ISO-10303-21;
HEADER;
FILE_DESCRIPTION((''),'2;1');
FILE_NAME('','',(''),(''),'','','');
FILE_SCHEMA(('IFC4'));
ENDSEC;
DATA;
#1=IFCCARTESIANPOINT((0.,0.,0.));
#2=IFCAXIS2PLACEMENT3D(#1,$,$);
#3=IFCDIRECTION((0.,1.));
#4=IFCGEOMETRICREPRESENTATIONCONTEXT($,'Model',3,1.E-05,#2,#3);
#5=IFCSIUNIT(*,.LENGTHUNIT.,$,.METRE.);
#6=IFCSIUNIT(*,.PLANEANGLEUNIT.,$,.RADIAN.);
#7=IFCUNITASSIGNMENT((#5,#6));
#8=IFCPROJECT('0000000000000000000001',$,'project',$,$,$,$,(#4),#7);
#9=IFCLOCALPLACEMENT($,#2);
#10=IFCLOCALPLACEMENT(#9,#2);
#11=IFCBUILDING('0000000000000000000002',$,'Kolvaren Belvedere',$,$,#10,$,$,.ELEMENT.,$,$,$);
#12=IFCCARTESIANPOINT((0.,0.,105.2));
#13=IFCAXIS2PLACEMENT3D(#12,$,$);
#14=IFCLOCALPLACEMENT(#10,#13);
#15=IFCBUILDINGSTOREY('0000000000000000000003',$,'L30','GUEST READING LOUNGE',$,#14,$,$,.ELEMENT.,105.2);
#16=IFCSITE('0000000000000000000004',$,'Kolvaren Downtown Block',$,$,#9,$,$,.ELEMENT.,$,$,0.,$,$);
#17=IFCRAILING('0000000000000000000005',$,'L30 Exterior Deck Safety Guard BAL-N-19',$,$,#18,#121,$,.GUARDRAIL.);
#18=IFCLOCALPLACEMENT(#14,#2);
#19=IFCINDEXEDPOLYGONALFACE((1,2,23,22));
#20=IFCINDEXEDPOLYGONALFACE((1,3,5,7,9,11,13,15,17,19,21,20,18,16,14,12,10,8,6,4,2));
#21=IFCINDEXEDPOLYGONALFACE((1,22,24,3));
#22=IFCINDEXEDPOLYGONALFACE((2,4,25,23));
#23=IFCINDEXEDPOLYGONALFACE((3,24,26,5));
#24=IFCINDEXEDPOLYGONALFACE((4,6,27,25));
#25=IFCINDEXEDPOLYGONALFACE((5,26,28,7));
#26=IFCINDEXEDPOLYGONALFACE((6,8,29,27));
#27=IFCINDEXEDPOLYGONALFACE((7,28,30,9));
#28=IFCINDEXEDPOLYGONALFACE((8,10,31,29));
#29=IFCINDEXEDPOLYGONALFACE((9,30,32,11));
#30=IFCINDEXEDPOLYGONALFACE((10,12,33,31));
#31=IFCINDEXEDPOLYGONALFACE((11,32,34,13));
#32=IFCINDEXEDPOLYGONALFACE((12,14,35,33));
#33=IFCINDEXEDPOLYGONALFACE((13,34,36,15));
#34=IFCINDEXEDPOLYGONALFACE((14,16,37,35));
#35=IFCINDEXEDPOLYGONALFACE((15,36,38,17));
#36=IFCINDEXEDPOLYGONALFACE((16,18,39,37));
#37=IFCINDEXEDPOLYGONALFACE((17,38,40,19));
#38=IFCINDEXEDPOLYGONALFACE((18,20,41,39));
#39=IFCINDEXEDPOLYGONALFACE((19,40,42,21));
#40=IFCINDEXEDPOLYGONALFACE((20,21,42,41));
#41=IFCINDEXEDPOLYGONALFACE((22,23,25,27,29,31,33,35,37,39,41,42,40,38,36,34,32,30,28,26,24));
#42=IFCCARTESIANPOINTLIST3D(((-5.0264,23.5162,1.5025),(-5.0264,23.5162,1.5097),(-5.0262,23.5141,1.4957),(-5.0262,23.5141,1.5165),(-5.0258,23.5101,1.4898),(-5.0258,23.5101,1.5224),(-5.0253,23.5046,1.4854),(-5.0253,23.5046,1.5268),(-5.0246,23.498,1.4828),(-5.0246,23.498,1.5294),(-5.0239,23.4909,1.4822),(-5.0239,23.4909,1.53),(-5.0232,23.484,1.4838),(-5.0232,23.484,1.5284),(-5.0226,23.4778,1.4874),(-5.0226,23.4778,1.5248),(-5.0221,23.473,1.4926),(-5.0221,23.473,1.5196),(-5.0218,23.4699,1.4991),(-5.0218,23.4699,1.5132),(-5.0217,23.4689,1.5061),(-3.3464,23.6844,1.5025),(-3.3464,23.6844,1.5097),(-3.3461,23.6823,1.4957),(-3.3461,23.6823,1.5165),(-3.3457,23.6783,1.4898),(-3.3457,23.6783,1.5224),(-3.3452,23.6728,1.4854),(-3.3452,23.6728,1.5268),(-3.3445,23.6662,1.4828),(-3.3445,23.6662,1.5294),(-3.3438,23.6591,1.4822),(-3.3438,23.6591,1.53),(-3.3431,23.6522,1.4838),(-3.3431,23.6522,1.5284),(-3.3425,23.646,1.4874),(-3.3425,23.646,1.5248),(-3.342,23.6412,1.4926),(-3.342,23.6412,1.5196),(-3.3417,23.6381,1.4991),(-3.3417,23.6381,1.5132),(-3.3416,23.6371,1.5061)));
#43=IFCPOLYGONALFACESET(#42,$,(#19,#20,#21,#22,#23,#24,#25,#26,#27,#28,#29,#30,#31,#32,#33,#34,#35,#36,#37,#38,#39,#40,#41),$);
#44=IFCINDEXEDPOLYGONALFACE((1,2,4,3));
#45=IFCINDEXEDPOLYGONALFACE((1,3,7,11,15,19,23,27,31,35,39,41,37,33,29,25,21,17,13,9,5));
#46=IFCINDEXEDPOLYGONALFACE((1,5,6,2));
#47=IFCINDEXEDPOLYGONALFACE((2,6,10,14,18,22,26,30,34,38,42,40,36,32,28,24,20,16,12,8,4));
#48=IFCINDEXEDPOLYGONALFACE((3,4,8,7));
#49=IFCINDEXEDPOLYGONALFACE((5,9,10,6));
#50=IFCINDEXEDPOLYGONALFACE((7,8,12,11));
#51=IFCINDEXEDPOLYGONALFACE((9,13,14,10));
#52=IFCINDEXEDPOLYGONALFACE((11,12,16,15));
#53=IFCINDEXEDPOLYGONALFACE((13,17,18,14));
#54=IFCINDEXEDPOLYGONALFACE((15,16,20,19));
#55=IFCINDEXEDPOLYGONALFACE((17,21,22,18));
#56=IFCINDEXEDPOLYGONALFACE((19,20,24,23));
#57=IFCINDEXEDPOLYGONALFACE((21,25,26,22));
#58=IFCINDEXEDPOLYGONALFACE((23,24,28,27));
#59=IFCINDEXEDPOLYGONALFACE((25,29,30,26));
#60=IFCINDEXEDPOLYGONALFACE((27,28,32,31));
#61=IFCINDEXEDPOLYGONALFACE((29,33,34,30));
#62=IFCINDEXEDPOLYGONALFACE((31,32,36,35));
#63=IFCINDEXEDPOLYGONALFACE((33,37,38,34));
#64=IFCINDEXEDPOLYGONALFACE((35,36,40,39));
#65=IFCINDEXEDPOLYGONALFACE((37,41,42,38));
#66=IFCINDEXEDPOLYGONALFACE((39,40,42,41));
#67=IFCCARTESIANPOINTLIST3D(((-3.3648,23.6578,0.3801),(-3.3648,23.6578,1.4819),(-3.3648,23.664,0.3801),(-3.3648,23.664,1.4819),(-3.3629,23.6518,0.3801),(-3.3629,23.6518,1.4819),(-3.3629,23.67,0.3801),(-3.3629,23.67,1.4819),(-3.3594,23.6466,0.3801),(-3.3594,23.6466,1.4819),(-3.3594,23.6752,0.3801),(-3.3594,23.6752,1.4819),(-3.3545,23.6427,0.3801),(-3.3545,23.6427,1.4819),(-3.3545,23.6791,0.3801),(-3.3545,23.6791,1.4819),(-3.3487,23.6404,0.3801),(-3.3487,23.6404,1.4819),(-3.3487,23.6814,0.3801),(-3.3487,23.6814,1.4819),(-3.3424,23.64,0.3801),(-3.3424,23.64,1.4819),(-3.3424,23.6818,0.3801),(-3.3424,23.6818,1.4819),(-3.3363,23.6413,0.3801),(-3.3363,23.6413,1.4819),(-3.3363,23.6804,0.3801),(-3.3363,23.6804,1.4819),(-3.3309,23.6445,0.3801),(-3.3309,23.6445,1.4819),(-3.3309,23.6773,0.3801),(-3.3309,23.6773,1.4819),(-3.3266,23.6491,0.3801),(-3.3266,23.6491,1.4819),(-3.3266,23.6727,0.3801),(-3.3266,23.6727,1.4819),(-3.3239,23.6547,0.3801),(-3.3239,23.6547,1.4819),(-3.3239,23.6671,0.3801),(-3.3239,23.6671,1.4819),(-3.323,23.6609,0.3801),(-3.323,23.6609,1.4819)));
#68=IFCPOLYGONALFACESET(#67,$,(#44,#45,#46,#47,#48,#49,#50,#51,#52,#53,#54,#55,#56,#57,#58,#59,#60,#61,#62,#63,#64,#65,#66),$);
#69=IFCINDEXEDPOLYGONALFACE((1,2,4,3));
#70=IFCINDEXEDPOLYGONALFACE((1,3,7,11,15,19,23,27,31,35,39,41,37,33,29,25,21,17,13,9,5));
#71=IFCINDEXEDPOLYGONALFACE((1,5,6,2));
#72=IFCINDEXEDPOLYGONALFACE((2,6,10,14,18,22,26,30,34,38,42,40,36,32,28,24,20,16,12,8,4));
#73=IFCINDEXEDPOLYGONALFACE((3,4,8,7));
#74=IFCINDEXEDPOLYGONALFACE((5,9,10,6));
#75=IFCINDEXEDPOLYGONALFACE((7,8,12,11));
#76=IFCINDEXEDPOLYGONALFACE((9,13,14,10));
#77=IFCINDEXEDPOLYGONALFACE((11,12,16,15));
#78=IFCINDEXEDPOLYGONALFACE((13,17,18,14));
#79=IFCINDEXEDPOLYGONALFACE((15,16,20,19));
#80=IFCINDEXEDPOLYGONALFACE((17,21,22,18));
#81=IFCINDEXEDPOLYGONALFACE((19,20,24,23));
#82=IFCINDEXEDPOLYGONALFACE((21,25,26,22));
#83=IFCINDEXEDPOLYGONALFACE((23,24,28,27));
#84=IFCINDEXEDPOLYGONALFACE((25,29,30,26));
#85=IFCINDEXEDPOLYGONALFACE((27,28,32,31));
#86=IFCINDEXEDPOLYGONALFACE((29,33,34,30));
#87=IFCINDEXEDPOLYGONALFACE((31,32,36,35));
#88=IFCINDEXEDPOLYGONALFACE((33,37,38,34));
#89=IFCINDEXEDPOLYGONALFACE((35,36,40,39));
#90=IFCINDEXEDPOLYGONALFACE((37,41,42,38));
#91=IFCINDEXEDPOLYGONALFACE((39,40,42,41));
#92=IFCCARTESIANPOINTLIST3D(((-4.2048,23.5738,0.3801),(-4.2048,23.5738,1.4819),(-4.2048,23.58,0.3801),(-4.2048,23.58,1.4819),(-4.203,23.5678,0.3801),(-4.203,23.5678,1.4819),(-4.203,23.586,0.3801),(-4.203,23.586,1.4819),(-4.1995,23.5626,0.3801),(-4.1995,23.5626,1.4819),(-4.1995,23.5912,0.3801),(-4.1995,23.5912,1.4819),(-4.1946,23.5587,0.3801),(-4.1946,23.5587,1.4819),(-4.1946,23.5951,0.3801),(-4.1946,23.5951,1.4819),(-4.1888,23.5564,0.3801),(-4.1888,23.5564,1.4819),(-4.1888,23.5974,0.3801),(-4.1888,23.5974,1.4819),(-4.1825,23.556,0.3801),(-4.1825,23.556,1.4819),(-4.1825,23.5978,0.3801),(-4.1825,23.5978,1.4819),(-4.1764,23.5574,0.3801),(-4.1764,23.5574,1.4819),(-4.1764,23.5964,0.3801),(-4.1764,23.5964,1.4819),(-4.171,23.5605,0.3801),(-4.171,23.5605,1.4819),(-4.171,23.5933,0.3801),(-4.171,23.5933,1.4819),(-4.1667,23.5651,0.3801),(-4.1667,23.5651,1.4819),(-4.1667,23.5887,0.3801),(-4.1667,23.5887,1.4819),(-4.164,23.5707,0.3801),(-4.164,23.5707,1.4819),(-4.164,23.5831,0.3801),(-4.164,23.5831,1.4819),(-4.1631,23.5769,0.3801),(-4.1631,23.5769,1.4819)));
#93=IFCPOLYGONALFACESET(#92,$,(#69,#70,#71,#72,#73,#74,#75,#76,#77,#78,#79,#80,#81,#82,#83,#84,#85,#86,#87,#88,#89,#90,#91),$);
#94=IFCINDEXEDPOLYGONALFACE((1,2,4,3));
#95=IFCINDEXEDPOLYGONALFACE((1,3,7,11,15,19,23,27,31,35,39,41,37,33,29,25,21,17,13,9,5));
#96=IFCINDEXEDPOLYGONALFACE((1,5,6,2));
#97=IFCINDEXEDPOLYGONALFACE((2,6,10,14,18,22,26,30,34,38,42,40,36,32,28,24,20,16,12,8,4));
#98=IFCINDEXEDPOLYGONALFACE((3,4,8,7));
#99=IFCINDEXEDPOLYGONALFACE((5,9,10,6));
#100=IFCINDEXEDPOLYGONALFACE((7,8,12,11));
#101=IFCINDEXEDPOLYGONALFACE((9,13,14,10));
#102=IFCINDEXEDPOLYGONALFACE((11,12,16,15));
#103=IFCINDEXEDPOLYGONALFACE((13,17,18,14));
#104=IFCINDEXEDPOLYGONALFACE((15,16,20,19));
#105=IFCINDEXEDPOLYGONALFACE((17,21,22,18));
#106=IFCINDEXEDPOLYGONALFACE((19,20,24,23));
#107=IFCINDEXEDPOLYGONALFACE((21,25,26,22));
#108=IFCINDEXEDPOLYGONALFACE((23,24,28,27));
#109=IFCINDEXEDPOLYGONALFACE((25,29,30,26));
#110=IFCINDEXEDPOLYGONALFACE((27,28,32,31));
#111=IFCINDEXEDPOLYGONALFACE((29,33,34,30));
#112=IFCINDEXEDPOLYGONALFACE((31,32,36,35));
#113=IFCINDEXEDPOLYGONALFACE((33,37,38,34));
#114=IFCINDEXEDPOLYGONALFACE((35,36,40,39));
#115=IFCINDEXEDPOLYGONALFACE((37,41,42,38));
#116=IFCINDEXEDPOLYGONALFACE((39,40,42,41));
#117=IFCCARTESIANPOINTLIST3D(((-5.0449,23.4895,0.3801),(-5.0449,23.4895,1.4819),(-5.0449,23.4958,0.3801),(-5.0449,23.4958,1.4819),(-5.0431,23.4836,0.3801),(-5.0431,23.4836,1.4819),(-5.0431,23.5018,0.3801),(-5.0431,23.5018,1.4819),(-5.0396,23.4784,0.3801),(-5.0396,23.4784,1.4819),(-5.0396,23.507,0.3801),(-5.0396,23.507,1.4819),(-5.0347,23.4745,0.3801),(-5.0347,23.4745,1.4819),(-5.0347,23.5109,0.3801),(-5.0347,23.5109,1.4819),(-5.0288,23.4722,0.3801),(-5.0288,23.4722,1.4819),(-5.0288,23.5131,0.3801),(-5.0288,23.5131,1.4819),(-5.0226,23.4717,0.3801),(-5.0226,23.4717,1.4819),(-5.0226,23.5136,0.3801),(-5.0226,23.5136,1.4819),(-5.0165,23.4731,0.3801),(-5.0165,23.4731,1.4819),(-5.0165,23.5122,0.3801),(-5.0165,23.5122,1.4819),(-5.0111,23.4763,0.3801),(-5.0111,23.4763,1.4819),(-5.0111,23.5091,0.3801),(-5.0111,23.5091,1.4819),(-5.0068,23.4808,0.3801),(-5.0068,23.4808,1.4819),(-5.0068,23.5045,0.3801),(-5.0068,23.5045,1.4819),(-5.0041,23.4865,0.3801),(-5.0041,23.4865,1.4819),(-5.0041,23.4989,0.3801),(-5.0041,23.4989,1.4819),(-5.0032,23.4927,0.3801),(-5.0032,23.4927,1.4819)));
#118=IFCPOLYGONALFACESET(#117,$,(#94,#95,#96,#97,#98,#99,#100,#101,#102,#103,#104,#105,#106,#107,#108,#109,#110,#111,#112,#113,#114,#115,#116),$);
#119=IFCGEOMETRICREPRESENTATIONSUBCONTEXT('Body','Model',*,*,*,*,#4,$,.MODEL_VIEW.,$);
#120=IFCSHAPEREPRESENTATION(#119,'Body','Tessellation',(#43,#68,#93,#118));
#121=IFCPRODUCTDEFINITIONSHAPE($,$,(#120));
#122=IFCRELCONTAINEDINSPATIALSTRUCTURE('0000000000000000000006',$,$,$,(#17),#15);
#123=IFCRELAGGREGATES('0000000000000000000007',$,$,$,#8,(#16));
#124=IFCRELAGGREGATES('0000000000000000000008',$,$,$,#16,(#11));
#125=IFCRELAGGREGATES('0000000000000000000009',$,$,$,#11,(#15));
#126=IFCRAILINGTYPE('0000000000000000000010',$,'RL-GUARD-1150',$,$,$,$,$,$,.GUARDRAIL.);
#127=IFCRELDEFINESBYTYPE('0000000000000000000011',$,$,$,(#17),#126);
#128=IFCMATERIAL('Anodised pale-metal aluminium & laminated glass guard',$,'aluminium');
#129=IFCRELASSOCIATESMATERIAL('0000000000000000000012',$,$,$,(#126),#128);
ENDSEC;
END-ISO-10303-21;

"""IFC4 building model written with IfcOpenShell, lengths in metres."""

from ifc_helpers import new_model, si_unit, direction, frame, origin, origin_2d, place, context, subcontext, project, spatial, circle, extrude, material, type_object, element, save


model = new_model("IFC4")

# Units and contexts
model_context = context("Model", 3, precision=1e-05, world=origin(), true_north=direction((0.0, 1.0)))
body_context = subcontext(model_context, "Body", "Model", "MODEL_VIEW")
ifc_project = project(units=[si_unit("LENGTHUNIT", "METRE"), si_unit("PLANEANGLEUNIT", "RADIAN")], contexts=[model_context])

# Site, building, storey
site_placement = place(None, origin())
site = spatial("IfcSite", under=ifc_project, at=site_placement, Name="Kolvaren Downtown Block", CompositionType="ELEMENT", RefElevation=0.0)
building_placement = place(site_placement, origin())
building = spatial("IfcBuilding", under=site, at=building_placement, Name="Kolvaren Belvedere", CompositionType="ELEMENT")
storey_placement = place(building_placement, frame((0.0, 0.0, 105.2)))
storey = spatial("IfcBuildingStorey", under=building, at=storey_placement, Name="L30", Description="GUEST READING LOUNGE", CompositionType="ELEMENT", Elevation=105.2)

# Railing
ifc_material_1 = material(Name="Anodised pale-metal aluminium & laminated glass guard", Category="aluminium")
railing_type = type_object("IfcRailingType", Name="RL-GUARD-1150", PredefinedType="GUARDRAIL", material=ifc_material_1)
railing_1_placement = place(storey_placement, frame((-3.344, 23.6609, 0.3801)))
element("IfcRailing", 1, at=railing_1_placement, inside=storey, type_object=railing_type, Name="L30 Exterior Deck Safety Guard BAL-N-19", PredefinedType="GUARDRAIL", context=body_context, shape_type="SweptSolid", body=[
    extrude(circle(Radius=0.0239, at=origin_2d()), frame((0.0, 0.0, 1.126), z_axis=(-0.995026, -0.099618, 0.0), x_axis=(0.099618, -0.995026, 0.0)), (0.0, 0.0, 1.0), 1.6885),
    extrude(circle(Radius=0.021, at=origin_2d()), origin(), (0.0, 0.0, 1.0), 1.1018),
    extrude(circle(Radius=0.021, at=origin_2d()), frame((-0.8401, -0.084, 0.0)), (0.0, 0.0, 1.0), 1.1018),
    extrude(circle(Radius=0.021, at=origin_2d()), frame((-1.6802, -0.1682, 0.0)), (0.0, 0.0, 1.0), 1.1018),
])

save(model, "model.ifc")
